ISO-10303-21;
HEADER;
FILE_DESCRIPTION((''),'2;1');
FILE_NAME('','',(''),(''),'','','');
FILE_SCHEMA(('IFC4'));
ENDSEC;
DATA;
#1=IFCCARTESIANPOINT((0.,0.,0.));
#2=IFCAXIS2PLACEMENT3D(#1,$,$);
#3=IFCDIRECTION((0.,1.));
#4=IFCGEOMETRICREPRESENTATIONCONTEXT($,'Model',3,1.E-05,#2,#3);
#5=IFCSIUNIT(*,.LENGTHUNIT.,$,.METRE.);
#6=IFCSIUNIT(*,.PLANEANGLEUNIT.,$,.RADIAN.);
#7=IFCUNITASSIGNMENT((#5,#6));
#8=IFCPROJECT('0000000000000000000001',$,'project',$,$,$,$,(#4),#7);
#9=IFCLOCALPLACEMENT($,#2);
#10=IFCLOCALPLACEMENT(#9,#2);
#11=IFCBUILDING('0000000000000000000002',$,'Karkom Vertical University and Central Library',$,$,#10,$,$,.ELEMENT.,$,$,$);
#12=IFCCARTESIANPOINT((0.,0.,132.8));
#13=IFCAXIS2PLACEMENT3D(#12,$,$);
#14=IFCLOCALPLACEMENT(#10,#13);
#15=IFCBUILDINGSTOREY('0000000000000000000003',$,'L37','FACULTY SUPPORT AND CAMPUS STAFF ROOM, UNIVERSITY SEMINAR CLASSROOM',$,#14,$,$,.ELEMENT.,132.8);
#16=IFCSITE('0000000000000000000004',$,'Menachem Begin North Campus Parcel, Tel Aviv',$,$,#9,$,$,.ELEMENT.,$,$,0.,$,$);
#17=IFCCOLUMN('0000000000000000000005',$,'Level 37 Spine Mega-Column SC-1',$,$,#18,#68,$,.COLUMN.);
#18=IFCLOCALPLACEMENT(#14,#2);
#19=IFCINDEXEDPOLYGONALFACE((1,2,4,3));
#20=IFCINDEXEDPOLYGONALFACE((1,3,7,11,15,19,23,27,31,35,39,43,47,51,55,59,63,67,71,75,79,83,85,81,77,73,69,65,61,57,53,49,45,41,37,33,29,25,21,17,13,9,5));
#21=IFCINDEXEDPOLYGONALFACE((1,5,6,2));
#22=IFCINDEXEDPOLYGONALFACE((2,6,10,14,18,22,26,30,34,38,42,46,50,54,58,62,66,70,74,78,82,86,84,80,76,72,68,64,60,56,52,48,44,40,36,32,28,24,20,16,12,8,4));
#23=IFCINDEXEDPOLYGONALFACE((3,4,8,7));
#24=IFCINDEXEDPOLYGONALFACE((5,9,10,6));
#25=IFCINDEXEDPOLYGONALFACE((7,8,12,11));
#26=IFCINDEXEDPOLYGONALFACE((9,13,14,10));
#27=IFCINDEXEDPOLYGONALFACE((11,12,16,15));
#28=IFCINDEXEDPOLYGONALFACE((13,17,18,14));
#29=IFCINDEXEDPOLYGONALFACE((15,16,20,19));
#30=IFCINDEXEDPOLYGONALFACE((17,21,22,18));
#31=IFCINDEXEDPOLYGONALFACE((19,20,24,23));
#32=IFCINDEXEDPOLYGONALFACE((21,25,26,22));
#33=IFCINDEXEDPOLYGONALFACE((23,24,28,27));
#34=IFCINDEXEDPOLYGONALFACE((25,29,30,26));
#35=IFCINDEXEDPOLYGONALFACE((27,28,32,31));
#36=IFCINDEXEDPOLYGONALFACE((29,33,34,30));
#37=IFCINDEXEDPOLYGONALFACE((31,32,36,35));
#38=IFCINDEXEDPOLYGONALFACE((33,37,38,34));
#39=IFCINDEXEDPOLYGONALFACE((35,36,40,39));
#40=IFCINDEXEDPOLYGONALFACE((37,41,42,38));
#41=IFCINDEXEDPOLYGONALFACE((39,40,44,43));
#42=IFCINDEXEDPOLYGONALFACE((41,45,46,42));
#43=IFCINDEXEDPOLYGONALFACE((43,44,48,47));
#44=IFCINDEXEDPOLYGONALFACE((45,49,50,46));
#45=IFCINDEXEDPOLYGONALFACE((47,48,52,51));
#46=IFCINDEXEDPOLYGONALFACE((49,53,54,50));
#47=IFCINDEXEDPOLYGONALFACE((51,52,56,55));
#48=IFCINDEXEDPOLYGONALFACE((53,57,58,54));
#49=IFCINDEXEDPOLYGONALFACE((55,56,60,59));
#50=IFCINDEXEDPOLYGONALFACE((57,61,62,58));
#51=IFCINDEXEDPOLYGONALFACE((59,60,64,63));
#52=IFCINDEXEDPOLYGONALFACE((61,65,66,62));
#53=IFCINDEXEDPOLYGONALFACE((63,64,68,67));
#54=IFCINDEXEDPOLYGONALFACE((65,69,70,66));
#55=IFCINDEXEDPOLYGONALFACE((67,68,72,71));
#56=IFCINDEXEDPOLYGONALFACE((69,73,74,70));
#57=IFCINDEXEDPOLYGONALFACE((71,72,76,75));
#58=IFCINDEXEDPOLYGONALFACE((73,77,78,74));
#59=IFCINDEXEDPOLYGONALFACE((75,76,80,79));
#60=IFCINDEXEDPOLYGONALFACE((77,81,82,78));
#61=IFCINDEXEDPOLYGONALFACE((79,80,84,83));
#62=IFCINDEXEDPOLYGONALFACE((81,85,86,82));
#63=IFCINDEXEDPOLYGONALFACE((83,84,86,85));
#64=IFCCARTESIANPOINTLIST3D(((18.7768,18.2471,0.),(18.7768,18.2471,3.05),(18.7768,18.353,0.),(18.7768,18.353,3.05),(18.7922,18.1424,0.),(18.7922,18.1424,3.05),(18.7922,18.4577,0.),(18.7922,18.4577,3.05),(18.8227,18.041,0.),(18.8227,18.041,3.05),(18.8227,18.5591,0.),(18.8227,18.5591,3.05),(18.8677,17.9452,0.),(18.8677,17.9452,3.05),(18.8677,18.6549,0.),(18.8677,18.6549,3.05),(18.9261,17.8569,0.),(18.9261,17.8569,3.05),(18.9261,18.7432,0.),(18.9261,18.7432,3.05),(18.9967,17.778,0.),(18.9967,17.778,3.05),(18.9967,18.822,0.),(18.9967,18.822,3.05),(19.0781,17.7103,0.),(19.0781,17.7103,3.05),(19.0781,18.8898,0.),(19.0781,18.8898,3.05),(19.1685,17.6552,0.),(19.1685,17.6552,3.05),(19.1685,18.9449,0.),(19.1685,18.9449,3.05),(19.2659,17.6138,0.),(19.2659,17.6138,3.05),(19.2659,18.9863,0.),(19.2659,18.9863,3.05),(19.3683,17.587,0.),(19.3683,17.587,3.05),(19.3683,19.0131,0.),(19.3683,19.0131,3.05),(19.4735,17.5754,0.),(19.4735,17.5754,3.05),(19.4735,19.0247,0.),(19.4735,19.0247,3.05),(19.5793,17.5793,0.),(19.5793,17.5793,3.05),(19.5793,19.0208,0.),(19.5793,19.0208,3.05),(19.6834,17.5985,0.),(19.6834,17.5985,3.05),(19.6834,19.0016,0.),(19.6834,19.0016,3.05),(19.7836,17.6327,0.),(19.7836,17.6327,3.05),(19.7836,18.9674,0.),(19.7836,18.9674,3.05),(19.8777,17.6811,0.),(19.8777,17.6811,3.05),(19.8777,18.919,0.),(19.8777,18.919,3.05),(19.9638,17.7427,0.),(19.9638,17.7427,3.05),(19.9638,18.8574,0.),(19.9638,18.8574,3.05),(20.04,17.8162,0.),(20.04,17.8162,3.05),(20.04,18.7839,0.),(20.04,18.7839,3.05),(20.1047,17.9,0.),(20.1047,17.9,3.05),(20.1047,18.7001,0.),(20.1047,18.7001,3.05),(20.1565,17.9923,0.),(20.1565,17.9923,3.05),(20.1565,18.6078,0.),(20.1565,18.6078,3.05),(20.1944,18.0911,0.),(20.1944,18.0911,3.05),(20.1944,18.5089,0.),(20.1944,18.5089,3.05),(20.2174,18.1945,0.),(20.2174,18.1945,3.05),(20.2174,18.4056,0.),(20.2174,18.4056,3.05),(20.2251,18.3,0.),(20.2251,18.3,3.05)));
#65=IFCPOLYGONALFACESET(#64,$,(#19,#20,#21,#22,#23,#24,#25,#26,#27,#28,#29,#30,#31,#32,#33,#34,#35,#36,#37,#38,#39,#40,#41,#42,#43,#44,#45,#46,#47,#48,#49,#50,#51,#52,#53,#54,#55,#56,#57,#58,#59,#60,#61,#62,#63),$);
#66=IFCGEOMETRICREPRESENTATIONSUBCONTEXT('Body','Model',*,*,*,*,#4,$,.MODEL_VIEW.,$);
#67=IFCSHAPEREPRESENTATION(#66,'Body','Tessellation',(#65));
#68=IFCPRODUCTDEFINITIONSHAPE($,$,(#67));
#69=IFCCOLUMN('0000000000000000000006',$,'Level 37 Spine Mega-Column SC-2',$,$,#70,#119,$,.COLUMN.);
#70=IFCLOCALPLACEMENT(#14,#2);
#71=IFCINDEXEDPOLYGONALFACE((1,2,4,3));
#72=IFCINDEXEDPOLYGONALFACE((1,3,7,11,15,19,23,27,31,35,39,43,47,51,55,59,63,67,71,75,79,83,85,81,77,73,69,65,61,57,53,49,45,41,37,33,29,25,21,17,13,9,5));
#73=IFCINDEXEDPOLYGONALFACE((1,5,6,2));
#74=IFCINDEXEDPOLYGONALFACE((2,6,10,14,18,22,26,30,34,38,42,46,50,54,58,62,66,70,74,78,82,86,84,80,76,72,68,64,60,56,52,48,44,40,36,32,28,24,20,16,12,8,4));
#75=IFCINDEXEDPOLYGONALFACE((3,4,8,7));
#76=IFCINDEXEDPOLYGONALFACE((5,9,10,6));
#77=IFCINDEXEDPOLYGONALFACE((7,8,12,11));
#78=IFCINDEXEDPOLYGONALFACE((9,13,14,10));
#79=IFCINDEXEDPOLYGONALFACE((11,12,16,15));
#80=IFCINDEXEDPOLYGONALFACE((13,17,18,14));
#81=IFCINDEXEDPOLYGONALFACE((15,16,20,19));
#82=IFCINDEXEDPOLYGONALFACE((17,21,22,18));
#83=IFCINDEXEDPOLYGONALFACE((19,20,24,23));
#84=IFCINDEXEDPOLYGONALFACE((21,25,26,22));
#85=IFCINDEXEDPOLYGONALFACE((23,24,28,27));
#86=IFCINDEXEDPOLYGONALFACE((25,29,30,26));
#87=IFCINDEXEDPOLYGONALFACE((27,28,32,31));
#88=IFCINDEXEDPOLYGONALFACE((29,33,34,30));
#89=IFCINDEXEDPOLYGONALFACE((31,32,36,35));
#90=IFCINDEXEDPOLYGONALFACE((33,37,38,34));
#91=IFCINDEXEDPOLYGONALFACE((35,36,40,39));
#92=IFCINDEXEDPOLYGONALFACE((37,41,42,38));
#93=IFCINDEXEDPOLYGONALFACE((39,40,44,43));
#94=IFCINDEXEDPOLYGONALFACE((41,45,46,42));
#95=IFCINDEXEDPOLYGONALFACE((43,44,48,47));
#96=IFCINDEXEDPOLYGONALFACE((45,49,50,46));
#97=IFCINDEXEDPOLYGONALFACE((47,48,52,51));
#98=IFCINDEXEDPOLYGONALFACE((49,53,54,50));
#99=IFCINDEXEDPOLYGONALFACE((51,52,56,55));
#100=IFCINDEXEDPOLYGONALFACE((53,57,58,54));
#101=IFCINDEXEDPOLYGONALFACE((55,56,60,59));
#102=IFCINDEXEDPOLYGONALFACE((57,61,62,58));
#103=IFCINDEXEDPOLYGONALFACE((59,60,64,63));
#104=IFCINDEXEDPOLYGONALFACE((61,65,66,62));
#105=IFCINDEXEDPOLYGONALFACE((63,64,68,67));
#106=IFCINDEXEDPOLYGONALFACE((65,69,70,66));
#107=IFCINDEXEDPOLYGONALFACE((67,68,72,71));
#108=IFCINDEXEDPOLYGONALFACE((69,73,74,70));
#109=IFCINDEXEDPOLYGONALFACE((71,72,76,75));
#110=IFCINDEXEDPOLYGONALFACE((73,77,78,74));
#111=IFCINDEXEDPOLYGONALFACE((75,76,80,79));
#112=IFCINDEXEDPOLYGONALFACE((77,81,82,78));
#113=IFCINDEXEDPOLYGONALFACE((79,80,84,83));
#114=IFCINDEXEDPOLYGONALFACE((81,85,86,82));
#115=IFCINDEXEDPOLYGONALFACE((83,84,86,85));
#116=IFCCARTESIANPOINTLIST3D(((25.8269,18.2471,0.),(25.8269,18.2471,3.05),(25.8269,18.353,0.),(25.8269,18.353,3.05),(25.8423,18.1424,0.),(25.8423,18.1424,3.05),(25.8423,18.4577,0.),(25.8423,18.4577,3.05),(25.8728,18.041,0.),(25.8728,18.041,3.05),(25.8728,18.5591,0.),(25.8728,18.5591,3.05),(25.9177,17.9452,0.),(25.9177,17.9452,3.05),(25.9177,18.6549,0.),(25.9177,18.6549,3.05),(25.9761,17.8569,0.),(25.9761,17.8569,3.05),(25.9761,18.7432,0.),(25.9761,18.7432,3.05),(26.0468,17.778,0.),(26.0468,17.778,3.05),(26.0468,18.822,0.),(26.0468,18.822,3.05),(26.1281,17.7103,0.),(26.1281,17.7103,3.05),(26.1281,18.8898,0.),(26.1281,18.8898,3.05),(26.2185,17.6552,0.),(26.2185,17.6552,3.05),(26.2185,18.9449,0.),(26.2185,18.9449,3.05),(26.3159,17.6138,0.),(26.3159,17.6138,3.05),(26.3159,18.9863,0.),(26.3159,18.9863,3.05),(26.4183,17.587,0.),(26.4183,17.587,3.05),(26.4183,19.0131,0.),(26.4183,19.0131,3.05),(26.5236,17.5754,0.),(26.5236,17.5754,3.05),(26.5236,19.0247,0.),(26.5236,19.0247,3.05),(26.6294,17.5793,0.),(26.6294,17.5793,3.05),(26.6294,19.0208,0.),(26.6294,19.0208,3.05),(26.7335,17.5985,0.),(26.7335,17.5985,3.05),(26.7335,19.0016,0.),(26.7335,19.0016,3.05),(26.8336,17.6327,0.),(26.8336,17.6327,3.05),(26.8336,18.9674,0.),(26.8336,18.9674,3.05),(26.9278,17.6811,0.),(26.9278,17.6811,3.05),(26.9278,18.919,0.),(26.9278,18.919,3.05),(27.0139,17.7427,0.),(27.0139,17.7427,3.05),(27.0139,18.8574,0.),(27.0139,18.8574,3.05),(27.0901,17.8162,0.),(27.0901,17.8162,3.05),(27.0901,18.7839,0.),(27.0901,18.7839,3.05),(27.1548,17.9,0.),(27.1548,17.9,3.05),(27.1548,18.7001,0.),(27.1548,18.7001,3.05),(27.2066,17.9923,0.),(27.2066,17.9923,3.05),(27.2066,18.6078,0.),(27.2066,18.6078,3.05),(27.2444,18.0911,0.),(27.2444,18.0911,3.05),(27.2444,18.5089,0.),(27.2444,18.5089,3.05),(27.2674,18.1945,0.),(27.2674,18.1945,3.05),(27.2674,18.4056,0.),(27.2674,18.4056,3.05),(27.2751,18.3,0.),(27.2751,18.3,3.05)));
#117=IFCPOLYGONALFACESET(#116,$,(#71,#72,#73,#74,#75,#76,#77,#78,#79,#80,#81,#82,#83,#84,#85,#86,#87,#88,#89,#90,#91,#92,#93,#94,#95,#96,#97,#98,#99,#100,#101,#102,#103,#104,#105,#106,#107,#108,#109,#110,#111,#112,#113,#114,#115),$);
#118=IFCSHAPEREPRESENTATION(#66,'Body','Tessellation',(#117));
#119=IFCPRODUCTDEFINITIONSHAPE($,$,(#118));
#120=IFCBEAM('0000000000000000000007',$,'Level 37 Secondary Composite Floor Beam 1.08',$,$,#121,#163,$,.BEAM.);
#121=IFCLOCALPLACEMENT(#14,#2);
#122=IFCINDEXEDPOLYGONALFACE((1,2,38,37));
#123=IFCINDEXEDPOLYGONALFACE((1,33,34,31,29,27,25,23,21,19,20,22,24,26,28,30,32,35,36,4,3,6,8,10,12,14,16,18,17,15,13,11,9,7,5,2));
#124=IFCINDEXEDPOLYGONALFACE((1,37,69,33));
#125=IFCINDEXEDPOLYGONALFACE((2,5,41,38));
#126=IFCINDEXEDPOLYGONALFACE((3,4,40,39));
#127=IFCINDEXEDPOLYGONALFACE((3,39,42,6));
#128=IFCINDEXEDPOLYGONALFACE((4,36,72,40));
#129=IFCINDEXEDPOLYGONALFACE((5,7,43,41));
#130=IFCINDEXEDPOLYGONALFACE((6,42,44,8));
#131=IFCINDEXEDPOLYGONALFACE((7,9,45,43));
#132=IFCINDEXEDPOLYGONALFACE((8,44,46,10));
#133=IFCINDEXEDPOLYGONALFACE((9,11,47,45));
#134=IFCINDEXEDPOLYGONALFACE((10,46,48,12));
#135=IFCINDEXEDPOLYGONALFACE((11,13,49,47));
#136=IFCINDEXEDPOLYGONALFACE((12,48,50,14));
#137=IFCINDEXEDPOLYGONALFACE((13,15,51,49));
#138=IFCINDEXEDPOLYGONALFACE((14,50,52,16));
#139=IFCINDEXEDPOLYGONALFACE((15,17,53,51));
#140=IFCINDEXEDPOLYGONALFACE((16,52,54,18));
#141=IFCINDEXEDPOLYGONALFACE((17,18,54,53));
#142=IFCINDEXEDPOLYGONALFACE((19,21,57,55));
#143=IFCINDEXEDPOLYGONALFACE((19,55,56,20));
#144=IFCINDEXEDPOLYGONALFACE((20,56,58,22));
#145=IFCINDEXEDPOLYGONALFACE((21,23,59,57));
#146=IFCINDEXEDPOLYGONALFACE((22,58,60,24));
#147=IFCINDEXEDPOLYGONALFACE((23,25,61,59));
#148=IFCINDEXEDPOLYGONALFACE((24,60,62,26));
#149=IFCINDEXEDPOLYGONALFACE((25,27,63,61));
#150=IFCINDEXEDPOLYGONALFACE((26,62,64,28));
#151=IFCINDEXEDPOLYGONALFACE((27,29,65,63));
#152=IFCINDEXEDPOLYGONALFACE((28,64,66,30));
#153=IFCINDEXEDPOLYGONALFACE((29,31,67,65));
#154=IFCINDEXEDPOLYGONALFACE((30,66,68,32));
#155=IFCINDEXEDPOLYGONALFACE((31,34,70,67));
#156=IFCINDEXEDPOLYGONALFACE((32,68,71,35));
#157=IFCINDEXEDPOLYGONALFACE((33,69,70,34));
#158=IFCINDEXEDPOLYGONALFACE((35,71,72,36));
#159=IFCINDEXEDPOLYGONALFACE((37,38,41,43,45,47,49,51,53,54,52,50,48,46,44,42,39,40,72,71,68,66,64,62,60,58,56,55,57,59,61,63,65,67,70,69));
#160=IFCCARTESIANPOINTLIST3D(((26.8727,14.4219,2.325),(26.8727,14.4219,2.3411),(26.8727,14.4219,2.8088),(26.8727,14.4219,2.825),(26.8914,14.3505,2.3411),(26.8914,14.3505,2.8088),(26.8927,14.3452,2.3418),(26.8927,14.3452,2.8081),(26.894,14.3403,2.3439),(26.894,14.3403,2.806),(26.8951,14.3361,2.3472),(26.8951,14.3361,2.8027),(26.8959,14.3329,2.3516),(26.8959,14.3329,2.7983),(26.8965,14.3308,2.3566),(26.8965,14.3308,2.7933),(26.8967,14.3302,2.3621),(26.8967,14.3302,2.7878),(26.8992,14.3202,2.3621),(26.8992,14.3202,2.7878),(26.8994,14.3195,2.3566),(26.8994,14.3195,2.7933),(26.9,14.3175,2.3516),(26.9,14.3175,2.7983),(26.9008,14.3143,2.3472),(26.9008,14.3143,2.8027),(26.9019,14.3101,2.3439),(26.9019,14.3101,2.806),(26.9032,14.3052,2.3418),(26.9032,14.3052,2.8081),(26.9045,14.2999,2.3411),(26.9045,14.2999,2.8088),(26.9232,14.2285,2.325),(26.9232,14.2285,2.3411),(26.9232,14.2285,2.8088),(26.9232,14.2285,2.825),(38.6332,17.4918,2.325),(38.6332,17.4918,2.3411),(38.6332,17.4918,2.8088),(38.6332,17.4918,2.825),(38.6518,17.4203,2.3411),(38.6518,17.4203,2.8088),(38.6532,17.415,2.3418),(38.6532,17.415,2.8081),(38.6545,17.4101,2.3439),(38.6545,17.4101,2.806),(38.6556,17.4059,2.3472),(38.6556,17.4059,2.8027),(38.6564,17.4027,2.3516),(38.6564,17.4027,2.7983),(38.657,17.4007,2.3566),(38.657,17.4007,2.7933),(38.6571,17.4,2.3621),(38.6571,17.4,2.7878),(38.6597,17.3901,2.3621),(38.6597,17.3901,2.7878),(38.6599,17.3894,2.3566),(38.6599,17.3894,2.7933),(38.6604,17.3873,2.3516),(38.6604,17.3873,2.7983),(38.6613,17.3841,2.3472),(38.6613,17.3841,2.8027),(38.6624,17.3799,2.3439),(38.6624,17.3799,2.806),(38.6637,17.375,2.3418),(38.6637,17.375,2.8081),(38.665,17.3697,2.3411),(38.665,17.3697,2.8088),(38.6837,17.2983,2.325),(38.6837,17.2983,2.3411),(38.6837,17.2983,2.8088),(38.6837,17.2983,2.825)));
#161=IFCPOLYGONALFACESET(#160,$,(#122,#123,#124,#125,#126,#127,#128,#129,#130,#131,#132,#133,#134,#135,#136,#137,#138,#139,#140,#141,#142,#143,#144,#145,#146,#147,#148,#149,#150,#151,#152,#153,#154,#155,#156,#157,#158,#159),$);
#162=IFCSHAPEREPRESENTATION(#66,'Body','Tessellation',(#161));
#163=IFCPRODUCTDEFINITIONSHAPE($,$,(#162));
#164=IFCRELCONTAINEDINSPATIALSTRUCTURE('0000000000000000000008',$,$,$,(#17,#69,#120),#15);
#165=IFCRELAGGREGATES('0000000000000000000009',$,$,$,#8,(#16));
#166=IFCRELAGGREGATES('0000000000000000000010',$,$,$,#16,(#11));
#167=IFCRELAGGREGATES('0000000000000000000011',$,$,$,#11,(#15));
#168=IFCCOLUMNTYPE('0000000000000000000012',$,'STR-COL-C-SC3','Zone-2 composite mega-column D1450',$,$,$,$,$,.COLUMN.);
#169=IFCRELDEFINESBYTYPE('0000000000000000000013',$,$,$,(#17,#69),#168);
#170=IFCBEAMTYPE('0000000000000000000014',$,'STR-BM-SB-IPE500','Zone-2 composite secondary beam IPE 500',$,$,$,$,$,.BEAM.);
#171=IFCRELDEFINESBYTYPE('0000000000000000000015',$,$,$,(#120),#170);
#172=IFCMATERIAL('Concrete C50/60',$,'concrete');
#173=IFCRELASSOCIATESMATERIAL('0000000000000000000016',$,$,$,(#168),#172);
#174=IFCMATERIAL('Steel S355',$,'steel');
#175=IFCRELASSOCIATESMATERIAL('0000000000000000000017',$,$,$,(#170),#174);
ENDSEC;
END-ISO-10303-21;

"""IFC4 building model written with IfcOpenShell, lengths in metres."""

from ifc_helpers import new_model, si_unit, direction, frame, origin, origin_with_axes, origin_2d, place, context, subcontext, project, spatial, circle, i_section, extrude, source, transform, mapped, material, material_profile, profile_set, type_object, element, save


model = new_model("IFC4")

# Units and contexts
model_context = context("Model", 3, precision=1e-05, world=origin(), true_north=direction((0.0, 1.0)))
body_context = subcontext(model_context, "Body", "Model", "MODEL_VIEW")
ifc_project = project(units=[si_unit("LENGTHUNIT", "METRE"), si_unit("PLANEANGLEUNIT", "RADIAN")], contexts=[model_context])

# Site, building, storey
site_placement = place(None, origin())
site = spatial("IfcSite", under=ifc_project, at=site_placement, Name="Menachem Begin North Campus Parcel, Tel Aviv", CompositionType="ELEMENT", RefElevation=0.0)
building_placement = place(site_placement, origin())
building = spatial("IfcBuilding", under=site, at=building_placement, Name="Karkom Vertical University and Central Library", CompositionType="ELEMENT")
storey_placement = place(building_placement, frame((0.0, 0.0, 132.8)))
storey = spatial("IfcBuildingStorey", under=building, at=storey_placement, Name="L37", Description="FACULTY SUPPORT AND CAMPUS STAFF ROOM, UNIVERSITY SEMINAR CLASSROOM", CompositionType="ELEMENT", Elevation=132.8)

# Columns
ifc_material_1 = material(Name="Concrete C50/60", Category="concrete")
ifc_material_profile_1 = material_profile(ifc_material_1, circle(Radius=0.7251, at=origin_2d()), Name="CFT-D1450")
ifc_profile_set_1 = profile_set([ifc_material_profile_1], Name="Concrete C50/60")
column_type = type_object("IfcColumnType", Name="STR-COL-C-SC3", Description="Zone-2 composite mega-column D1450", PredefinedType="COLUMN", material=ifc_profile_set_1)
shared_shape_1 = source(origin_with_axes(), body_context, "Body", "SweptSolid", [
    extrude(circle(Radius=0.7251, at=origin_2d()), origin(), (0.0, 0.0, 1.0), 3.05),
])
for number, where, z_axis, x_axis, name in (
    (1, (19.5, 18.3, 0.0), (0.0, 0.0, 1.0), (1.0, 0.0, 0.0), "Level 37 Spine Mega-Column SC-1"),
    (2, (26.55, 18.3, 0.0), (0.0, 0.0, 1.0), (1.0, 0.0, 0.0), "Level 37 Spine Mega-Column SC-2"),
):
    element("IfcColumn", number, at=place(storey_placement, frame(where, z_axis=z_axis, x_axis=x_axis)), inside=storey, type_object=column_type, Name=name, PredefinedType="COLUMN", context=body_context, shape_type="MappedRepresentation", body=[
        mapped(shared_shape_1, transform((0.0, 0.0, 0.0), scale=1.0)),
    ])

# Beam
ifc_material_2 = material(Name="Steel S355", Category="steel")
ifc_material_profile_2 = material_profile(ifc_material_2, i_section(OverallWidth=0.2, OverallDepth=0.5, WebThickness=0.0103, FlangeThickness=0.0161, FilletRadius=0.021, at=origin_2d()), Name="IPE 500")
ifc_profile_set_2 = profile_set([ifc_material_profile_2], Name="Steel S355")
beam_type_1 = type_object("IfcBeamType", Name="STR-BM-SB-IPE500", Description="Zone-2 composite secondary beam IPE 500", PredefinedType="BEAM", material=ifc_profile_set_2)
shared_shape_2 = source(origin_with_axes(), body_context, "Body", "SweptSolid", [
    extrude(i_section(OverallWidth=0.2, OverallDepth=0.5, WebThickness=0.0103, FlangeThickness=0.0161, FilletRadius=0.021, at=origin_2d()), origin(), (0.0, 0.0, 1.0), 12.1545),
])
beam_1_placement = place(storey_placement, frame((26.8979, 14.3252, 2.575), z_axis=(0.96758, 0.252566, 0.0), x_axis=(-0.252566, 0.96758, 0.0)))
element("IfcBeam", 3, at=beam_1_placement, inside=storey, type_object=beam_type_1, Name="Level 37 Secondary Composite Floor Beam 1.08", PredefinedType="BEAM", context=body_context, shape_type="MappedRepresentation", body=[
    mapped(shared_shape_2, transform((0.0, 0.0, 0.0), scale=1.0)),
])

save(model, "model.ifc")
